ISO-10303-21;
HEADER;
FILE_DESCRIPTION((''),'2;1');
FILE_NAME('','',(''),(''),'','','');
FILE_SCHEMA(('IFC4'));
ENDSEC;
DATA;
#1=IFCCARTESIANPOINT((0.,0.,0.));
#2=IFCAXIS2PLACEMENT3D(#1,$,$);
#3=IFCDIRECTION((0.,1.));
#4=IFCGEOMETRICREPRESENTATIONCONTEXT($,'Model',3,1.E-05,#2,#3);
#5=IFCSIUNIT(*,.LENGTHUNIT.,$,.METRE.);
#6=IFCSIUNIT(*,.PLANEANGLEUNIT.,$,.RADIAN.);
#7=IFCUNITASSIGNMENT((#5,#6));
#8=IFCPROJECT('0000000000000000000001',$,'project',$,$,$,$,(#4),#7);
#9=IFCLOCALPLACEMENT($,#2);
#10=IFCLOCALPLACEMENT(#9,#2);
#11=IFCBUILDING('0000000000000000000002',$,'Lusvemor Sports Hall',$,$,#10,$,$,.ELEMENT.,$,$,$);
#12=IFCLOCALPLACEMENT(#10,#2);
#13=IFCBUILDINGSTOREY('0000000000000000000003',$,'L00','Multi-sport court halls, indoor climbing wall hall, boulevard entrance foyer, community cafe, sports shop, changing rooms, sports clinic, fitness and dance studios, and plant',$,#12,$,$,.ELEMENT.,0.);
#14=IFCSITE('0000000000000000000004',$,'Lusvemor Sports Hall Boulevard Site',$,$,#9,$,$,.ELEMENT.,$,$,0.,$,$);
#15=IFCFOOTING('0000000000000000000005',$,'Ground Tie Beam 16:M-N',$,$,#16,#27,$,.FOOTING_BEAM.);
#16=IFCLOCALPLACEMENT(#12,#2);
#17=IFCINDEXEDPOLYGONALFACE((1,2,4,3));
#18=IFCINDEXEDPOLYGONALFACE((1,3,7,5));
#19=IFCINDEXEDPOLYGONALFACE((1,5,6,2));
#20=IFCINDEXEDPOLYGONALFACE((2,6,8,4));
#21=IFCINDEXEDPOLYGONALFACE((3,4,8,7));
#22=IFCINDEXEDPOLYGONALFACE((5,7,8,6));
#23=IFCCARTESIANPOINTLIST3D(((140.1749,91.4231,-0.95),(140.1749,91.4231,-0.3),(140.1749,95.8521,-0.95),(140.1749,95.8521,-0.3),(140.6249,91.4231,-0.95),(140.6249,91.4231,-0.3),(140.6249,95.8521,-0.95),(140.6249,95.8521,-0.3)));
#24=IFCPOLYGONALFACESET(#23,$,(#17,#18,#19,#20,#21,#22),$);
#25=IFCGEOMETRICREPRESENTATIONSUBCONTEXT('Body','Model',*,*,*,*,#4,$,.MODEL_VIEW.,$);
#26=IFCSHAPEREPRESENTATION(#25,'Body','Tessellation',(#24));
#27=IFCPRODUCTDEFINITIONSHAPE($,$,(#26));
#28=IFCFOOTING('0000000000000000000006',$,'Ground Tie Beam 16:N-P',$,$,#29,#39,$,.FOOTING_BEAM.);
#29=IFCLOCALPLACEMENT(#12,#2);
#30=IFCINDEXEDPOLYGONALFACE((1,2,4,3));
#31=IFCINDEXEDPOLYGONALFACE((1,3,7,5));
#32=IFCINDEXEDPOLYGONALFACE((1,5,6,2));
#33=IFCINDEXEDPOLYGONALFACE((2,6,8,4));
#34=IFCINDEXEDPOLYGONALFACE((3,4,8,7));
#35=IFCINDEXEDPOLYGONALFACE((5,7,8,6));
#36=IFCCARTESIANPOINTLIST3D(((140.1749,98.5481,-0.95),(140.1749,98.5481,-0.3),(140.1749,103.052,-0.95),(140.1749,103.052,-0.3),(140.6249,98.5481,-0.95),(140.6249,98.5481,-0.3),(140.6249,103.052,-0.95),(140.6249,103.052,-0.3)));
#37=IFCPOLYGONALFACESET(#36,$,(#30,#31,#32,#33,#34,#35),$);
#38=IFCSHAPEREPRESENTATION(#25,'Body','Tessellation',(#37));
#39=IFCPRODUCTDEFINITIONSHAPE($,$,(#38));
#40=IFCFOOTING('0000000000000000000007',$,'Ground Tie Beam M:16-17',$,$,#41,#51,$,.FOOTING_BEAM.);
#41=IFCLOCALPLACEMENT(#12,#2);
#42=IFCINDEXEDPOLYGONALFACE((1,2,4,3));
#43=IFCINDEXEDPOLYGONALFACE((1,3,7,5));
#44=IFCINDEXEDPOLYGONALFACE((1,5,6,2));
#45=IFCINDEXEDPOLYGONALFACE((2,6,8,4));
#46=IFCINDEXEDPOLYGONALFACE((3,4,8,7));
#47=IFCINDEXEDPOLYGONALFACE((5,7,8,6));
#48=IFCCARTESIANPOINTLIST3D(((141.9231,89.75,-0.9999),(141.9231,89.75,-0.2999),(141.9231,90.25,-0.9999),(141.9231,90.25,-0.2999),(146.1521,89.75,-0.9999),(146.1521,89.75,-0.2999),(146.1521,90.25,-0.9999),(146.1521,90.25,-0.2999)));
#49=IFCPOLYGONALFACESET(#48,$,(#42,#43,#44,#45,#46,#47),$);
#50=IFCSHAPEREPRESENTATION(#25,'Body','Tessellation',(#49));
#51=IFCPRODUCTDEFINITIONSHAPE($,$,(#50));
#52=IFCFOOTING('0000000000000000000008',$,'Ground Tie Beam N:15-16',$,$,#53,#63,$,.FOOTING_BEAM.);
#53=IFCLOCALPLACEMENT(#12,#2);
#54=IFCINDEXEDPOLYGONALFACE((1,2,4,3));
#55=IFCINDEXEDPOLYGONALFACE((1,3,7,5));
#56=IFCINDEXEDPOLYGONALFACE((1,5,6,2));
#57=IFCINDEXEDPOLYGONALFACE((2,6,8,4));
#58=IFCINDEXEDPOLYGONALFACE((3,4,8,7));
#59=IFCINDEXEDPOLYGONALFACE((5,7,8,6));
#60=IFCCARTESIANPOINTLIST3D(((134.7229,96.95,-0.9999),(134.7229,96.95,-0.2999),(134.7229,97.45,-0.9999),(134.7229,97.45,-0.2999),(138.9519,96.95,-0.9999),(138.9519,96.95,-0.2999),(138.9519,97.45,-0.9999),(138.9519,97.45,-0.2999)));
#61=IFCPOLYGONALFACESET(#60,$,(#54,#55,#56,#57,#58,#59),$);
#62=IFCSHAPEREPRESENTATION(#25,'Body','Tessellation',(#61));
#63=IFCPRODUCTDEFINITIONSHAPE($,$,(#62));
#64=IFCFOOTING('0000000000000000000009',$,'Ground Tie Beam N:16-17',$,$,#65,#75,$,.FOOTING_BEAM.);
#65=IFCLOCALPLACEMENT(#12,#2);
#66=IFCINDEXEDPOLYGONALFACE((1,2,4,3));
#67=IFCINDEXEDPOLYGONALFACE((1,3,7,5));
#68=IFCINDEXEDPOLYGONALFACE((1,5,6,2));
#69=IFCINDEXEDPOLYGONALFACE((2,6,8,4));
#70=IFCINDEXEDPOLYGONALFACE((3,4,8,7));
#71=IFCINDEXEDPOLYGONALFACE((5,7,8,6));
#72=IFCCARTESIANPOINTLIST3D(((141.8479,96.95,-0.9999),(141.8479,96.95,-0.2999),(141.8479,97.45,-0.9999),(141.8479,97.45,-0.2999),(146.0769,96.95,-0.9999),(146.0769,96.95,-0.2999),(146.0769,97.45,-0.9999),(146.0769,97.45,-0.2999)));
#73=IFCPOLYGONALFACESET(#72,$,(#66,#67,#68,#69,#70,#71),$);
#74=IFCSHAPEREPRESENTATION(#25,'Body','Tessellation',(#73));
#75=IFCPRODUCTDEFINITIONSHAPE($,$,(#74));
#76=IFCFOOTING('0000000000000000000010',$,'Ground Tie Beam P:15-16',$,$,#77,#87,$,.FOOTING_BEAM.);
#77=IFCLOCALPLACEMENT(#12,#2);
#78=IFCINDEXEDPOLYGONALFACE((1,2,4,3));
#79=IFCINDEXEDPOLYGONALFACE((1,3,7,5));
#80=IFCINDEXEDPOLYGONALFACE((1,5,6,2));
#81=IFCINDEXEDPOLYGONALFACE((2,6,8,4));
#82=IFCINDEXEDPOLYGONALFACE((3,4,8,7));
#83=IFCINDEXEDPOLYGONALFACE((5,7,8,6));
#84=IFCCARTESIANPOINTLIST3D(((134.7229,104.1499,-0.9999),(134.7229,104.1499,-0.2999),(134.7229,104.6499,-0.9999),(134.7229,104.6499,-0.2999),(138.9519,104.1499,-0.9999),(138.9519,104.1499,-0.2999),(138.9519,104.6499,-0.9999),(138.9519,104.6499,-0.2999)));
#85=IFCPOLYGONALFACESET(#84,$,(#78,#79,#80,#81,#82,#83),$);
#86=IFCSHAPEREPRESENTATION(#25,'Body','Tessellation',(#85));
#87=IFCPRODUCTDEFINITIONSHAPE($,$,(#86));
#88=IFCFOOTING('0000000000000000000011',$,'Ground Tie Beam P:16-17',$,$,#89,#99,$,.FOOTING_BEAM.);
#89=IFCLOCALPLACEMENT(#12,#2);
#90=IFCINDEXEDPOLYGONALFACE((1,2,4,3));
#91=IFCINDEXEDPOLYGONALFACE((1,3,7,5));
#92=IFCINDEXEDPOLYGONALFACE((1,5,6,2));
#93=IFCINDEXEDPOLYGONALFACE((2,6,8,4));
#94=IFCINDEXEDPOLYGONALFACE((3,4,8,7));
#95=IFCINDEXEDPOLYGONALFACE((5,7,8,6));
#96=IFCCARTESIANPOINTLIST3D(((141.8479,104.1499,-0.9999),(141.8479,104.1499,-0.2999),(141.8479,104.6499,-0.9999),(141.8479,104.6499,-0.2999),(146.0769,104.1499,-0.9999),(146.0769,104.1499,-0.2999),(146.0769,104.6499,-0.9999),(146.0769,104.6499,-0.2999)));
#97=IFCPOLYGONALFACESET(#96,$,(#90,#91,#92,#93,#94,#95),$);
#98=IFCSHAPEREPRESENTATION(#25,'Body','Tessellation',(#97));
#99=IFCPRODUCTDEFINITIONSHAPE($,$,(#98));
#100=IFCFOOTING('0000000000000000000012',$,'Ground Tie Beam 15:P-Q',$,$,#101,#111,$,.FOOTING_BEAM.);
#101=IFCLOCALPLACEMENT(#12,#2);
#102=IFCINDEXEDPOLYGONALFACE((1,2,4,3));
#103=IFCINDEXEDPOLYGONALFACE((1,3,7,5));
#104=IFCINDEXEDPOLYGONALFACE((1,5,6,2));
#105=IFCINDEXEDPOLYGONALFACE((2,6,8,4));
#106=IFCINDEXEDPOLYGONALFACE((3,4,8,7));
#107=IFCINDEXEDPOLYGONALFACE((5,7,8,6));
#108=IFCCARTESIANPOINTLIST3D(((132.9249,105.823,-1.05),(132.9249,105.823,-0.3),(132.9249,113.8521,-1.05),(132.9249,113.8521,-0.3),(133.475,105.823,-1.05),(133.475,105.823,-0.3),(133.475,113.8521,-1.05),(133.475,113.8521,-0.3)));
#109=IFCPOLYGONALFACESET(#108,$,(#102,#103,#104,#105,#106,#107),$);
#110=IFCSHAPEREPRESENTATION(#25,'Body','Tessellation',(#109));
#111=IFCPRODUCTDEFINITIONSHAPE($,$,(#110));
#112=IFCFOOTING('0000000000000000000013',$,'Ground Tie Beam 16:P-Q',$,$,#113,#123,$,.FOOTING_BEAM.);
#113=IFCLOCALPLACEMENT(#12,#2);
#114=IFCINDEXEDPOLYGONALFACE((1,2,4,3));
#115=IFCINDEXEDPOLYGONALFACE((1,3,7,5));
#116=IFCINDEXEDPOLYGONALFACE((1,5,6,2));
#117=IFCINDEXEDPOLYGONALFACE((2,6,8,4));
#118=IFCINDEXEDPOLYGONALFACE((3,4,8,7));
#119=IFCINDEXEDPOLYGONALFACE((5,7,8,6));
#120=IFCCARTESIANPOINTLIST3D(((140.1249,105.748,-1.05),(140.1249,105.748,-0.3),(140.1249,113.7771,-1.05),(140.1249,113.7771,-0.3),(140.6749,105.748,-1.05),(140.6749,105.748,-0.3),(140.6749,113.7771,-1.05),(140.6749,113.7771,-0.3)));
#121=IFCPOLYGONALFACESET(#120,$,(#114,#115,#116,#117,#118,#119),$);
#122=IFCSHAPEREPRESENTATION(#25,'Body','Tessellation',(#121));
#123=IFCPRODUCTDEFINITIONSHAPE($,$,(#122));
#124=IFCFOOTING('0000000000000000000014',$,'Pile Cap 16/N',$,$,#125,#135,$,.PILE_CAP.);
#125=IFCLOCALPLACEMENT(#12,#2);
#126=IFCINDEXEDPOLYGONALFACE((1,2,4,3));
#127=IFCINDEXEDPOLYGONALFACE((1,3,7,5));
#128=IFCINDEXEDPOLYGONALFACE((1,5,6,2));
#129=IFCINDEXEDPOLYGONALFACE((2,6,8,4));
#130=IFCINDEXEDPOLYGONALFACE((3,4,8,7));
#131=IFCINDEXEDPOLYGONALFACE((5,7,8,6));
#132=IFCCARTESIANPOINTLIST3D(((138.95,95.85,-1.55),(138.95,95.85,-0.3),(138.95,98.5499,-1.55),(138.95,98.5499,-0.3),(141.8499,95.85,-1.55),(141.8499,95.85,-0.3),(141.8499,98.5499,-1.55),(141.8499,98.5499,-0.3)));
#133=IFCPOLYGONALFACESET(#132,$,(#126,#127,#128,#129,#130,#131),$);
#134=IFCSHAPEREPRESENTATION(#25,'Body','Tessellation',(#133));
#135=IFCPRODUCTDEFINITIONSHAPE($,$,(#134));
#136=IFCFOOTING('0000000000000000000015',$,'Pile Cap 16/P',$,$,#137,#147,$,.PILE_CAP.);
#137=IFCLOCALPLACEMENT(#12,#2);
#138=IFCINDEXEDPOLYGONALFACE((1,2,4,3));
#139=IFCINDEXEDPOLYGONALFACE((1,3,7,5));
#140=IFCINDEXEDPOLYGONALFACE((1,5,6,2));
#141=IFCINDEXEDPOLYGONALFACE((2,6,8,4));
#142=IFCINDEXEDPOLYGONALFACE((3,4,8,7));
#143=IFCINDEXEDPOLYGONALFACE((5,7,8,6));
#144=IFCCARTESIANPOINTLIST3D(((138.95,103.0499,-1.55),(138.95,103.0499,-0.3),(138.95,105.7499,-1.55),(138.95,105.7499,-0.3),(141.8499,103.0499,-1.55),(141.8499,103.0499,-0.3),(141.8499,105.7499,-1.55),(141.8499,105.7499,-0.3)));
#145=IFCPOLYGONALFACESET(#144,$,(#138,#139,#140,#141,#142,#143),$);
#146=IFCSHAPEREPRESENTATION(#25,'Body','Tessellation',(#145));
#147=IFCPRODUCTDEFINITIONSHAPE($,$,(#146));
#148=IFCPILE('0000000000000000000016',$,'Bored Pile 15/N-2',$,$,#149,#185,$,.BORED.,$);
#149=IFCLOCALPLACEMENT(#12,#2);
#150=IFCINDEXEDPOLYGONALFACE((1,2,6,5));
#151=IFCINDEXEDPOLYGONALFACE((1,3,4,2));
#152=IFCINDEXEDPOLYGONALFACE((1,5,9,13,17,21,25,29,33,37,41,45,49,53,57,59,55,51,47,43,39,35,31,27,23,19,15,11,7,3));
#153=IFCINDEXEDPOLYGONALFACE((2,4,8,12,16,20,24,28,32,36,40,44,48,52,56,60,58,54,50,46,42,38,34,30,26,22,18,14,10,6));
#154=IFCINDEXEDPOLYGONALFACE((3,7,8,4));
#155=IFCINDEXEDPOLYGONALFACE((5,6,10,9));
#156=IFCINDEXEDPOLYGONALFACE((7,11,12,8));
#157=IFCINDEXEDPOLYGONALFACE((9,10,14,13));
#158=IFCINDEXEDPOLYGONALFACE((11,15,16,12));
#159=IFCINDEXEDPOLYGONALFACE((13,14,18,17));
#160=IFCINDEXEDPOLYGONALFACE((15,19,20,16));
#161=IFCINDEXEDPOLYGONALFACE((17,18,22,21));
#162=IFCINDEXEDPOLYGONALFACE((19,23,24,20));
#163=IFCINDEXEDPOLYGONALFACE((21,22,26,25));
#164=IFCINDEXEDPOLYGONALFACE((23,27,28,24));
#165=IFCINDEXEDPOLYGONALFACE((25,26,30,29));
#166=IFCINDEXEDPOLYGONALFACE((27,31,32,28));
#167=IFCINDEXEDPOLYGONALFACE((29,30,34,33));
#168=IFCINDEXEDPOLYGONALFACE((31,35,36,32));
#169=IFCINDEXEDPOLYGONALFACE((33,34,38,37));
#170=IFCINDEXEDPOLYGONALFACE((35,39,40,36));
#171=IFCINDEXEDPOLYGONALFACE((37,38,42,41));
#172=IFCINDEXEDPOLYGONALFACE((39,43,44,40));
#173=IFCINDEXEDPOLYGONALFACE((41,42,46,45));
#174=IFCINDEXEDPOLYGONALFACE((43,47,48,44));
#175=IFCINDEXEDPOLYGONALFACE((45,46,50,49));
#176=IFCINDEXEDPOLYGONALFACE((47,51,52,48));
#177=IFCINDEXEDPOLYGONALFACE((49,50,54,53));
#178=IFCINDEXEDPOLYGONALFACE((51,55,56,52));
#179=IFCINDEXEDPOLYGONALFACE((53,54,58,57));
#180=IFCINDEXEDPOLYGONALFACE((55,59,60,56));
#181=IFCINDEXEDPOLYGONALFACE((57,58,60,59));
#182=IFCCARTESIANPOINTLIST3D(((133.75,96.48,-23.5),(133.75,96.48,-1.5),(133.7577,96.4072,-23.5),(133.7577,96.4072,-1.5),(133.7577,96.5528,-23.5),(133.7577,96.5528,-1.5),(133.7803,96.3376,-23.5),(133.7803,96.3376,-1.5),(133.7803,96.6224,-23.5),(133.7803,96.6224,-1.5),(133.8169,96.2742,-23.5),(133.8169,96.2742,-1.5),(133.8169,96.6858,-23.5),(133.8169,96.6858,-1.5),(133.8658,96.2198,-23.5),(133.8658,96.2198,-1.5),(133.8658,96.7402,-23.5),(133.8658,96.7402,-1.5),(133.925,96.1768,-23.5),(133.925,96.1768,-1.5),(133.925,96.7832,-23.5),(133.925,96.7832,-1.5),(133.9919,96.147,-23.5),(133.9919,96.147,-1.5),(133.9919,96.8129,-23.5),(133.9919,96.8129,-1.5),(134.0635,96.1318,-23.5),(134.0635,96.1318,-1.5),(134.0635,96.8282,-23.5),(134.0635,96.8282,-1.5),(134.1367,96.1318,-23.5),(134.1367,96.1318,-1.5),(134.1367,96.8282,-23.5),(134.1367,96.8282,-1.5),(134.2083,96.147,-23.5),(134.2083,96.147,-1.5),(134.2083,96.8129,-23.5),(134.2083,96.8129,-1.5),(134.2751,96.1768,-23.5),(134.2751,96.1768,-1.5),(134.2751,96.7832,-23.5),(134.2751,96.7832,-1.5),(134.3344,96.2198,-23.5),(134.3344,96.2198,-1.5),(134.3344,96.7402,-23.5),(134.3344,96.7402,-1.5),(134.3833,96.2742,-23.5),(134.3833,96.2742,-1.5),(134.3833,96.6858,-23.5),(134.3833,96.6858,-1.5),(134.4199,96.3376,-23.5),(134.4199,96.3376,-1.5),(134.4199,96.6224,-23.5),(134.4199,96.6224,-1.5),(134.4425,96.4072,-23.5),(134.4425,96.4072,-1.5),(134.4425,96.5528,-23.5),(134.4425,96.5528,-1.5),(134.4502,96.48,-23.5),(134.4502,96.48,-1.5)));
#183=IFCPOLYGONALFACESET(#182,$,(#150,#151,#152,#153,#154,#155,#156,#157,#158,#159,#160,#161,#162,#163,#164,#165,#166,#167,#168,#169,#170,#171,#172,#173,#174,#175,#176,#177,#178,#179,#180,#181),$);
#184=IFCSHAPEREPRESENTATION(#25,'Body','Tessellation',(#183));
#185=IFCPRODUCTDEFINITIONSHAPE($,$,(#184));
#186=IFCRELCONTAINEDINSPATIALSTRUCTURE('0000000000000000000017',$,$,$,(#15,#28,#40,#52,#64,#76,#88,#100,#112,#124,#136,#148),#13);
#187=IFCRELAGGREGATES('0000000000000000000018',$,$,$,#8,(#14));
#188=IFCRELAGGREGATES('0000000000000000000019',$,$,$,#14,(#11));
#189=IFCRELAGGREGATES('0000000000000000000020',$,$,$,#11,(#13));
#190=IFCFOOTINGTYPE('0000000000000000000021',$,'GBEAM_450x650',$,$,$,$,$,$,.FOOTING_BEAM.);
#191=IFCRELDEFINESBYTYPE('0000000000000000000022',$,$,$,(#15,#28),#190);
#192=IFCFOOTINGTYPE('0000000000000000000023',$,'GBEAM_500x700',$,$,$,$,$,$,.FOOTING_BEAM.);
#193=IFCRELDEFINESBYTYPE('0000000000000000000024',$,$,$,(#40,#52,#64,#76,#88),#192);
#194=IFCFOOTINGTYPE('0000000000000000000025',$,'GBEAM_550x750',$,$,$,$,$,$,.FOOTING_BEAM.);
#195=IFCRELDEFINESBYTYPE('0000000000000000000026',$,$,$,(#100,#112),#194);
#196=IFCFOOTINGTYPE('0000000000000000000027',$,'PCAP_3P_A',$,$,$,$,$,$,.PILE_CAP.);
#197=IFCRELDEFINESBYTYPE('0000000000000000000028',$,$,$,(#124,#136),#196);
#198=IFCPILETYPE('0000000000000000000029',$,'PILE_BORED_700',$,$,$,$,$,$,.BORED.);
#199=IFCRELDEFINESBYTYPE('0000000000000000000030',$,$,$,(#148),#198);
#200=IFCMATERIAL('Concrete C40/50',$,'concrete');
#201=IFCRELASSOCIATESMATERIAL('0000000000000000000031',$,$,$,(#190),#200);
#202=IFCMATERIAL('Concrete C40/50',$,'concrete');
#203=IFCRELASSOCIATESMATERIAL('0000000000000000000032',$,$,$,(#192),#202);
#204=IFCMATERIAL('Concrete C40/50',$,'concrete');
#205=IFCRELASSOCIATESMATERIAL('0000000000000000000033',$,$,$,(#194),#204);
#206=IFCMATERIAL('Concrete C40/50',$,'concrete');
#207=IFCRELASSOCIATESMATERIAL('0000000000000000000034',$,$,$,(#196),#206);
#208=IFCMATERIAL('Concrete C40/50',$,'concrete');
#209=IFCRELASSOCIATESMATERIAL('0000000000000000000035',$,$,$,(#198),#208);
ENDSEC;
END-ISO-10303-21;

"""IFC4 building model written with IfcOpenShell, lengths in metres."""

from ifc_helpers import new_model, si_unit, direction, frame, origin, origin_2d, place, context, subcontext, project, spatial, rectangle, circle, extrude, material, material_profile, profile_set, type_object, element, save


model = new_model("IFC4")

# Units and contexts
model_context = context("Model", 3, precision=1e-05, world=origin(), true_north=direction((0.0, 1.0)))
body_context = subcontext(model_context, "Body", "Model", "MODEL_VIEW")
ifc_project = project(units=[si_unit("LENGTHUNIT", "METRE"), si_unit("PLANEANGLEUNIT", "RADIAN")], contexts=[model_context])

# Site, building, storey
site_placement = place(None, origin())
site = spatial("IfcSite", under=ifc_project, at=site_placement, Name="Lusvemor Sports Hall Boulevard Site", CompositionType="ELEMENT", RefElevation=0.0)
building_placement = place(site_placement, origin())
building = spatial("IfcBuilding", under=site, at=building_placement, Name="Lusvemor Sports Hall", CompositionType="ELEMENT")
storey_placement = place(building_placement, origin())
storey = spatial("IfcBuildingStorey", under=building, at=storey_placement, Name="L00", Description="Multi-sport court halls, indoor climbing wall hall, boulevard entrance foyer, community cafe, sports shop, changing rooms, sports clinic, fitness and dance studios, and plant", CompositionType="ELEMENT", Elevation=0.0)

# Footings
ifc_material_1 = material(Name="Concrete C40/50", Category="concrete")
ifc_material_profile_1 = material_profile(ifc_material_1, rectangle(XDim=0.45, YDim=0.6499, at=origin_2d()), Name="GB_450x650")
ifc_profile_set_1 = profile_set([ifc_material_profile_1], Name="Concrete C40/50")
footing_type_1 = type_object("IfcFootingType", Name="GBEAM_450x650", PredefinedType="FOOTING_BEAM", material=ifc_profile_set_1)
footing_1_placement = place(storey_placement, frame((140.3999, 91.4231, -0.625), z_axis=(0.0, 1.0, 0.0), x_axis=(-1.0, 0.0, 0.0)))
element("IfcFooting", 1, at=footing_1_placement, inside=storey, type_object=footing_type_1, Name="Ground Tie Beam 16:M-N", PredefinedType="FOOTING_BEAM", context=body_context, shape_type="SweptSolid", body=[
    extrude(rectangle(XDim=0.45, YDim=0.6499, at=origin_2d()), origin(), (0.0, 0.0, 1.0), 4.429),
])
footing_2_placement = place(storey_placement, frame((140.3999, 98.5481, -0.625), z_axis=(0.0, 1.0, 0.0), x_axis=(-1.0, 0.0, 0.0)))
element("IfcFooting", 2, at=footing_2_placement, inside=storey, type_object=footing_type_1, Name="Ground Tie Beam 16:N-P", PredefinedType="FOOTING_BEAM", context=body_context, shape_type="SweptSolid", body=[
    extrude(rectangle(XDim=0.45, YDim=0.6499, at=origin_2d()), origin(), (0.0, 0.0, 1.0), 4.5039),
])
ifc_material_2 = material(Name="Concrete C40/50", Category="concrete")
ifc_material_profile_2 = material_profile(ifc_material_2, rectangle(XDim=0.5, YDim=0.7, at=origin_2d()), Name="GB_500x700")
ifc_profile_set_2 = profile_set([ifc_material_profile_2], Name="Concrete C40/50")
footing_type_2 = type_object("IfcFootingType", Name="GBEAM_500x700", PredefinedType="FOOTING_BEAM", material=ifc_profile_set_2)
for number, where, z_axis, x_axis, name in (
    (3, (141.9231, 90.0, -0.6499), (1.0, 0.0, 0.0), (0.0, 1.0, 0.0), "Ground Tie Beam M:16-17"),
    (4, (134.7229, 97.2, -0.6499), (1.0, 0.0, 0.0), (0.0, 1.0, 0.0), "Ground Tie Beam N:15-16"),
    (5, (141.8479, 97.2, -0.6499), (1.0, 0.0, 0.0), (0.0, 1.0, 0.0), "Ground Tie Beam N:16-17"),
    (6, (134.7229, 104.3999, -0.6499), (1.0, 0.0, 0.0), (0.0, 1.0, 0.0), "Ground Tie Beam P:15-16"),
    (7, (141.8479, 104.3999, -0.6499), (1.0, 0.0, 0.0), (0.0, 1.0, 0.0), "Ground Tie Beam P:16-17"),
):
    element("IfcFooting", number, at=place(storey_placement, frame(where, z_axis=z_axis, x_axis=x_axis)), inside=storey, type_object=footing_type_2, Name=name, PredefinedType="FOOTING_BEAM", context=body_context, shape_type="SweptSolid", body=[
        extrude(rectangle(XDim=0.5, YDim=0.7, at=origin_2d()), origin(), (0.0, 0.0, 1.0), 4.229),
    ])
ifc_material_3 = material(Name="Concrete C40/50", Category="concrete")
ifc_material_profile_3 = material_profile(ifc_material_3, rectangle(XDim=0.55, YDim=0.75, at=origin_2d()), Name="GB_550x750")
ifc_profile_set_3 = profile_set([ifc_material_profile_3], Name="Concrete C40/50")
footing_type_3 = type_object("IfcFootingType", Name="GBEAM_550x750", PredefinedType="FOOTING_BEAM", material=ifc_profile_set_3)
for number, where, z_axis, x_axis, name in (
    (8, (133.2, 105.823, -0.675), (0.0, 1.0, 0.0), (-1.0, 0.0, 0.0), "Ground Tie Beam 15:P-Q"),
    (9, (140.3999, 105.748, -0.675), (0.0, 1.0, 0.0), (-1.0, 0.0, 0.0), "Ground Tie Beam 16:P-Q"),
):
    element("IfcFooting", number, at=place(storey_placement, frame(where, z_axis=z_axis, x_axis=x_axis)), inside=storey, type_object=footing_type_3, Name=name, PredefinedType="FOOTING_BEAM", context=body_context, shape_type="SweptSolid", body=[
        extrude(rectangle(XDim=0.55, YDim=0.75, at=origin_2d()), origin(), (0.0, 0.0, 1.0), 8.0291),
    ])
ifc_material_4 = material(Name="Concrete C40/50", Category="concrete")
footing_type_4 = type_object("IfcFootingType", Name="PCAP_3P_A", PredefinedType="PILE_CAP", material=ifc_material_4)
for number, where, z_axis, x_axis, name in (
    (10, (140.3999, 97.2, -1.55), (0.0, 0.0, 1.0), (1.0, 0.0, 0.0), "Pile Cap 16/N"),
    (11, (140.3999, 104.3999, -1.55), (0.0, 0.0, 1.0), (1.0, 0.0, 0.0), "Pile Cap 16/P"),
):
    element("IfcFooting", number, at=place(storey_placement, frame(where, z_axis=z_axis, x_axis=x_axis)), inside=storey, type_object=footing_type_4, Name=name, PredefinedType="PILE_CAP", context=body_context, shape_type="SweptSolid", body=[
        extrude(rectangle(XDim=2.8999, YDim=2.7, at=origin_2d()), origin(), (0.0, 0.0, 1.0), 1.25),
    ])

# Pile
ifc_material_5 = material(Name="Concrete C40/50", Category="concrete")
ifc_material_profile_4 = material_profile(ifc_material_5, circle(Radius=0.3501, at=origin_2d()), Name="PILE700")
ifc_profile_set_4 = profile_set([ifc_material_profile_4], Name="Concrete C40/50")
pile_type = type_object("IfcPileType", Name="PILE_BORED_700", PredefinedType="BORED", material=ifc_profile_set_4)
for number, where, z_axis, x_axis, name in (
    (12, (134.1001, 96.48, -1.5), (0.0, 0.0, -1.0), (1.0, 0.0, 0.0), "Bored Pile 15/N-2"),
):
    element("IfcPile", number, at=place(storey_placement, frame(where, z_axis=z_axis, x_axis=x_axis)), inside=storey, type_object=pile_type, Name=name, PredefinedType="BORED", context=body_context, shape_type="SweptSolid", body=[
        extrude(circle(Radius=0.3501, at=origin_2d()), origin(), (0.0, 0.0, 1.0), 22.0),
    ])

save(model, "model.ifc")
